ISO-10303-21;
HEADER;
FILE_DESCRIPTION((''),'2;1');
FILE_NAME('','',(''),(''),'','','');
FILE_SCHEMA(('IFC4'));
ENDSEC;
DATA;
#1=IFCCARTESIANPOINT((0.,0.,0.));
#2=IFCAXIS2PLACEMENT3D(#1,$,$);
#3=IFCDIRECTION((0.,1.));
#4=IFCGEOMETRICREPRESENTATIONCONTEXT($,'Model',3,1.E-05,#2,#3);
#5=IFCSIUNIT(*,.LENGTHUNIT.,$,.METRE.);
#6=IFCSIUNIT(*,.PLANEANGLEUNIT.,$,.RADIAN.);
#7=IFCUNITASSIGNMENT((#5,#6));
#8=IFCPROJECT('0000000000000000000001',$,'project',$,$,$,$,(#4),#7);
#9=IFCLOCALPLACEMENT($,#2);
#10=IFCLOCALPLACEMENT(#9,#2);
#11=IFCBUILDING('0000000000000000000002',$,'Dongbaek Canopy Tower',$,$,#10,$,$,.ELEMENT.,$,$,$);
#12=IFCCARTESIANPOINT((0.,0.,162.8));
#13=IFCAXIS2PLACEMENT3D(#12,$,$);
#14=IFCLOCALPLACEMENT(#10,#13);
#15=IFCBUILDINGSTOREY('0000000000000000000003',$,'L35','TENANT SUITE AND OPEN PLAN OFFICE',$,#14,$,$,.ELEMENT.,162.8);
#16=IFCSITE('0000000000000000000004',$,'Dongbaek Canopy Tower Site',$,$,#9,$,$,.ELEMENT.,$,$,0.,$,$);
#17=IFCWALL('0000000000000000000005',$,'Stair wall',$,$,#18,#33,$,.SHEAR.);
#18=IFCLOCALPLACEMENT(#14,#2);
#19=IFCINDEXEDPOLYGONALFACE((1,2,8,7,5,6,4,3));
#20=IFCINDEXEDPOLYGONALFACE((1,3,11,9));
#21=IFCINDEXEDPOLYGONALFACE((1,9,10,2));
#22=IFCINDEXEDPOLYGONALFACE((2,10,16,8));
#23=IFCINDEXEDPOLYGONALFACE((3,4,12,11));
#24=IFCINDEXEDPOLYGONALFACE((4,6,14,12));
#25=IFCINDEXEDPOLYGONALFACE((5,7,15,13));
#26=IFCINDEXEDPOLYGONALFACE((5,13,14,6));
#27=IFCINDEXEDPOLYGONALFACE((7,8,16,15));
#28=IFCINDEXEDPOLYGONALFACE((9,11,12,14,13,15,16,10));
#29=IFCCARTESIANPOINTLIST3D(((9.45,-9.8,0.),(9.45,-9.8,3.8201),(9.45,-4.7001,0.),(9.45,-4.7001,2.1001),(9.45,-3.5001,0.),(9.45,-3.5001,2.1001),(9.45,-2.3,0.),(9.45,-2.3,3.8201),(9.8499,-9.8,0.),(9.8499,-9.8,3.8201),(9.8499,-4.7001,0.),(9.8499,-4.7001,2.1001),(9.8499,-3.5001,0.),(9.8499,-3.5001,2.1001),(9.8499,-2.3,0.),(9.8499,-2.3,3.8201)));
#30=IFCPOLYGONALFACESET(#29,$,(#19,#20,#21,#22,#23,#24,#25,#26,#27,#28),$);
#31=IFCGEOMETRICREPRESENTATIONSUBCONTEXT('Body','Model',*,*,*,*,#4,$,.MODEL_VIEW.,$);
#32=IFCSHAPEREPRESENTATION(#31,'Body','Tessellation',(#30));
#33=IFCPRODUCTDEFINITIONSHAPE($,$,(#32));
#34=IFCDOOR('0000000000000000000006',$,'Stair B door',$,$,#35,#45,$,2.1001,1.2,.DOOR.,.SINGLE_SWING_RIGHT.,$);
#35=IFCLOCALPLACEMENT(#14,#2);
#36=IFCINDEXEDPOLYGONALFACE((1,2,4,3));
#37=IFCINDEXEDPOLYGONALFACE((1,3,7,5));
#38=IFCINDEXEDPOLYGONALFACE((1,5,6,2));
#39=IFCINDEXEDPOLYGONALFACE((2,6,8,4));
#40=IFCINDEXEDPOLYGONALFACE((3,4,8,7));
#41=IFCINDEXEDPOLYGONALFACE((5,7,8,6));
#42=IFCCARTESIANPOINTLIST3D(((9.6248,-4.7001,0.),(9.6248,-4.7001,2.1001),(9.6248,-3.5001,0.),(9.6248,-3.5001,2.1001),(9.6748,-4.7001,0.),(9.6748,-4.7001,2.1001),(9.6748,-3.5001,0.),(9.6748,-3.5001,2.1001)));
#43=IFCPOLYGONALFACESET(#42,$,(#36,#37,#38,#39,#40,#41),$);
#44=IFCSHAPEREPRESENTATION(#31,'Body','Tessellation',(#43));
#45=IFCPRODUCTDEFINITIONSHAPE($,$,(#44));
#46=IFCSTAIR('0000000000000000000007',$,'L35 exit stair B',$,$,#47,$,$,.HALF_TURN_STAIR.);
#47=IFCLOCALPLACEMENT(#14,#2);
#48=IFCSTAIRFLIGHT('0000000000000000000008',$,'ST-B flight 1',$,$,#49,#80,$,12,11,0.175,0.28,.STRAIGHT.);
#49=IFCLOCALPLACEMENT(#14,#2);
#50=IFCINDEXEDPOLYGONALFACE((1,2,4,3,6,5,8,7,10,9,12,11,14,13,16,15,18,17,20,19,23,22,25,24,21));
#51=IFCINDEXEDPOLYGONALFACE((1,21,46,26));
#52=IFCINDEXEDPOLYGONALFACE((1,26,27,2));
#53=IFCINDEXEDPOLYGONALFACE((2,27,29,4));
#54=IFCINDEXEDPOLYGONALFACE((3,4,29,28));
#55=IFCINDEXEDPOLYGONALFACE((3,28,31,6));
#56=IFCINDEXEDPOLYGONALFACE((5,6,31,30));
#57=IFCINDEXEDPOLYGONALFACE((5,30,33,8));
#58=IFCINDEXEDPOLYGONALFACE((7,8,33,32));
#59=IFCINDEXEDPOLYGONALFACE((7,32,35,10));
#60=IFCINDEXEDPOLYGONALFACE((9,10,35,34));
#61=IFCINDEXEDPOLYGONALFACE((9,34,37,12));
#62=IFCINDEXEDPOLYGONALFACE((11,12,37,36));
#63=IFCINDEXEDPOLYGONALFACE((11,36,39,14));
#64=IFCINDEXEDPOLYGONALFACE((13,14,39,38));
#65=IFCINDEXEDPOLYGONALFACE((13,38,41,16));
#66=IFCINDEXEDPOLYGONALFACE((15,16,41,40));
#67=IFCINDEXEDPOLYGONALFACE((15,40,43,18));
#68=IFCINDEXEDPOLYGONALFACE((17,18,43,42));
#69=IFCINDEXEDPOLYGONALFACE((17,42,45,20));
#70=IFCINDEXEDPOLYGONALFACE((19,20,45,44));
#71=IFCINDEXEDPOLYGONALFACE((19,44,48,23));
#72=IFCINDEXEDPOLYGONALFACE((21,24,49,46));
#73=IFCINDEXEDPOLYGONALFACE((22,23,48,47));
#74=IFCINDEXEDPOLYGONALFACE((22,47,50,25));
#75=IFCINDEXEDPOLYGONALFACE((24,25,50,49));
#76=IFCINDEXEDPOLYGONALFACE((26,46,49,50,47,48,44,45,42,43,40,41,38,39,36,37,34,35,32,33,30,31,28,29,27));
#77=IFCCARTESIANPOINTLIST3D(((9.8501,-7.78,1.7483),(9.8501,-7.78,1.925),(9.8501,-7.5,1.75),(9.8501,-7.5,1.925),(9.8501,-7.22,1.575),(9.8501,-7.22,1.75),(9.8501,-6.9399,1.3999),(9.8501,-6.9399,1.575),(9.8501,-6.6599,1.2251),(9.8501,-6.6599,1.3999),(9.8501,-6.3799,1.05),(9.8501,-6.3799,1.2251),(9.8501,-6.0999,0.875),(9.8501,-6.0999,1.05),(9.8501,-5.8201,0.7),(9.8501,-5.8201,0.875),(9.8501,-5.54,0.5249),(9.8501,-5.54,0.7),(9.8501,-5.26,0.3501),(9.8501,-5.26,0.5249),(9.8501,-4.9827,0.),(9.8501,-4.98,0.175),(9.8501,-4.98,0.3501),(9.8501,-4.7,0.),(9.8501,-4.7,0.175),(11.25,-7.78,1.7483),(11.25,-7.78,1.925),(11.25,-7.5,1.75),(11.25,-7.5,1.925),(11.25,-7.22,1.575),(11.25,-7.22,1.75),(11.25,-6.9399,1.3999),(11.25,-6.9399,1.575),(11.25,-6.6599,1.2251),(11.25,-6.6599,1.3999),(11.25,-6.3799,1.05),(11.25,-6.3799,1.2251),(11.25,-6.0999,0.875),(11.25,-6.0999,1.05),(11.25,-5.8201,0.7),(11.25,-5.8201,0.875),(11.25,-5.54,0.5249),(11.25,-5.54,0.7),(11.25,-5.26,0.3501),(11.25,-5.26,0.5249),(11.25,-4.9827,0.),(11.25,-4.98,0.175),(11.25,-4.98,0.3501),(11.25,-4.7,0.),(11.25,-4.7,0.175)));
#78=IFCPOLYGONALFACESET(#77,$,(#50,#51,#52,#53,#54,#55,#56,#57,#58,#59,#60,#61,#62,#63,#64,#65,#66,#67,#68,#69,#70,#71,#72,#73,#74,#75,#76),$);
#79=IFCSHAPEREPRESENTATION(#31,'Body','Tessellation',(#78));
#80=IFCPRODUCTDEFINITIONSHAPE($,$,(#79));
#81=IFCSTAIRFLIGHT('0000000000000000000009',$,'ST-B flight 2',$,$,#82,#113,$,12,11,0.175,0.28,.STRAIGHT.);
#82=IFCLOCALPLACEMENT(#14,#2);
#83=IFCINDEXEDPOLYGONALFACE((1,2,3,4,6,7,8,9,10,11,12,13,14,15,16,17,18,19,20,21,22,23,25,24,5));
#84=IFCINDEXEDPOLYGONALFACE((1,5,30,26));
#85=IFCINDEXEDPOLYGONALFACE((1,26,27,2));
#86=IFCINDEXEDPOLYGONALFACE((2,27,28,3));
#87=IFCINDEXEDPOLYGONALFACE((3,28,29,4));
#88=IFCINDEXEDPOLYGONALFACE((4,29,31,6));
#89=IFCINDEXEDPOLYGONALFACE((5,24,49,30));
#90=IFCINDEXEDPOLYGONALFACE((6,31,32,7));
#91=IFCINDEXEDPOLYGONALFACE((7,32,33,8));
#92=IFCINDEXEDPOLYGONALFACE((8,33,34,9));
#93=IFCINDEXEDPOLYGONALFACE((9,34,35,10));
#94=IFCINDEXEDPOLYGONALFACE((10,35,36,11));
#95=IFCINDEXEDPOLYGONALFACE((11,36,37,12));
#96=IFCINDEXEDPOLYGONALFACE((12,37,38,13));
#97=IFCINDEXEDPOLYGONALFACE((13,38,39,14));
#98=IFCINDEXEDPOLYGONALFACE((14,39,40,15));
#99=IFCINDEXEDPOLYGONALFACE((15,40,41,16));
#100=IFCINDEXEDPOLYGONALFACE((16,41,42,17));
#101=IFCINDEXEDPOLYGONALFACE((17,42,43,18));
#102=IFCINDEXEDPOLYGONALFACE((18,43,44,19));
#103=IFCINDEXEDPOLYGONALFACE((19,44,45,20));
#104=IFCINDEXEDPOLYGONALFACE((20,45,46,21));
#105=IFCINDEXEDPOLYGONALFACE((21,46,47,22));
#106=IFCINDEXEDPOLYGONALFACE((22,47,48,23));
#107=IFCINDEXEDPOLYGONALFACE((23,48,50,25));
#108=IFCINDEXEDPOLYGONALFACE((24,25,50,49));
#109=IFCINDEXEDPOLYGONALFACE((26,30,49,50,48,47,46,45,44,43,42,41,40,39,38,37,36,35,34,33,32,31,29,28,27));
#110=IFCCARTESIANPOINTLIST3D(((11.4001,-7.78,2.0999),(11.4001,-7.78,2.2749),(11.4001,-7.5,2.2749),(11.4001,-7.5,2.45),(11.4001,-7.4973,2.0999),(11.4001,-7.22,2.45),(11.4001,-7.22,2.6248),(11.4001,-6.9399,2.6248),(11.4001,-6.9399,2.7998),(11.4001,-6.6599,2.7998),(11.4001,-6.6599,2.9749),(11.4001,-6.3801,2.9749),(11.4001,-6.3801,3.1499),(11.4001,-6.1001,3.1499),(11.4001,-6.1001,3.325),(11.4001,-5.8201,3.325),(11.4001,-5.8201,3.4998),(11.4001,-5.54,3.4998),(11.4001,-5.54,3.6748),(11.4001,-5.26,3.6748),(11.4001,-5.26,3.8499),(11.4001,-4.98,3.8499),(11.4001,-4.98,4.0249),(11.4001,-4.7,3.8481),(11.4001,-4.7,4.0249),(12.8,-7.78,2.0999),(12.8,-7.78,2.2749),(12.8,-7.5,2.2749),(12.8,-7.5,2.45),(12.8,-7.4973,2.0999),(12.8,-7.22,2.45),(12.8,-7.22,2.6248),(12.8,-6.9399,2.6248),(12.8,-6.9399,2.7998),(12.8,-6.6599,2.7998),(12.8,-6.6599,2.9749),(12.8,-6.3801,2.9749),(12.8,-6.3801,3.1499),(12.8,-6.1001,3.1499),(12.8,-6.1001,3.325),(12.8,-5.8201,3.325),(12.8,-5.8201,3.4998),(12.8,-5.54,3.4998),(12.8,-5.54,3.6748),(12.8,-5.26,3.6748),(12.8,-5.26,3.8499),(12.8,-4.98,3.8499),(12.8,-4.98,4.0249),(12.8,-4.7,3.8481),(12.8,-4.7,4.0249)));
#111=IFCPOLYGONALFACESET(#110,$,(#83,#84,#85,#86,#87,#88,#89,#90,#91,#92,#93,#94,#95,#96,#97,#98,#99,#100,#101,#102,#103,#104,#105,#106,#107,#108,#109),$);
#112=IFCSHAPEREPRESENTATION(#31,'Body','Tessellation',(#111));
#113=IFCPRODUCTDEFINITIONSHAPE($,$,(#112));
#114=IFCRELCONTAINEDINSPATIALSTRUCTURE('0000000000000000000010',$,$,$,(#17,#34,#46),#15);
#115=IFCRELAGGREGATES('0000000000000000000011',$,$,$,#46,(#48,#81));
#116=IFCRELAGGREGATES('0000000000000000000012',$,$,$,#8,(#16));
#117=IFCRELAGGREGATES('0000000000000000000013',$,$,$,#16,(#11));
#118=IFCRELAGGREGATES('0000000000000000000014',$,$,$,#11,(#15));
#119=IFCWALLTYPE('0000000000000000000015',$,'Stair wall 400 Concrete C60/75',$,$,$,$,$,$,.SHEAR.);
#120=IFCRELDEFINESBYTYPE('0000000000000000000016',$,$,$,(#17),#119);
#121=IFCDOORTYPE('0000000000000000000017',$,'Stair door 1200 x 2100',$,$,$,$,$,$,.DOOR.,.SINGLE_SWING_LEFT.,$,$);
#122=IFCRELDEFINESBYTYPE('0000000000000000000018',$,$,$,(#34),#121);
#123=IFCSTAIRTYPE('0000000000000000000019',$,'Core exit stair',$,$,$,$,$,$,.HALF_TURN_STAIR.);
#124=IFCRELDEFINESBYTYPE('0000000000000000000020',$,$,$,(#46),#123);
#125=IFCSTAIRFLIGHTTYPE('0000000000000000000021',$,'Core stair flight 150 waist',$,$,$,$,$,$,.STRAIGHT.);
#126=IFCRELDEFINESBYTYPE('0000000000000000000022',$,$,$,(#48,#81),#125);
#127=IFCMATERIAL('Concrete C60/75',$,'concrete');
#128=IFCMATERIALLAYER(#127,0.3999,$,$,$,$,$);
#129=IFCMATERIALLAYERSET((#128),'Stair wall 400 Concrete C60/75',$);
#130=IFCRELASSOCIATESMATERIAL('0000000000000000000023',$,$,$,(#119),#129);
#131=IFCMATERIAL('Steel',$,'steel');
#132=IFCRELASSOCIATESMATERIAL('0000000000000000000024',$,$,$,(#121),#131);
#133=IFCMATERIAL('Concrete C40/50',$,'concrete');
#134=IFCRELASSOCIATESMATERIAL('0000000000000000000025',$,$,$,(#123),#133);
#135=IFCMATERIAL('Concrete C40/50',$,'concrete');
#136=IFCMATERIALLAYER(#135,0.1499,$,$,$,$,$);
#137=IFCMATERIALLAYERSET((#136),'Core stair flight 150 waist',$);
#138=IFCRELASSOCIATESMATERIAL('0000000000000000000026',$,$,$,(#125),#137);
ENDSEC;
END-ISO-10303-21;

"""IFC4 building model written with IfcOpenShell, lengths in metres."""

from ifc_helpers import new_model, si_unit, direction, frame, frame_2d, origin, place, context, subcontext, project, spatial, polyline, rectangle, outline, extrude, material, layer, layer_set, type_object, element, fill, aggregate, save


model = new_model("IFC4")

# Units and contexts
model_context = context("Model", 3, precision=1e-05, world=origin(), true_north=direction((0.0, 1.0)))
body_context = subcontext(model_context, "Body", "Model", "MODEL_VIEW")
ifc_project = project(units=[si_unit("LENGTHUNIT", "METRE"), si_unit("PLANEANGLEUNIT", "RADIAN")], contexts=[model_context])

# Site, building, storey
site_placement = place(None, origin())
site = spatial("IfcSite", under=ifc_project, at=site_placement, Name="Dongbaek Canopy Tower Site", CompositionType="ELEMENT", RefElevation=0.0)
building_placement = place(site_placement, origin())
building = spatial("IfcBuilding", under=site, at=building_placement, Name="Dongbaek Canopy Tower", CompositionType="ELEMENT")
storey_placement = place(building_placement, frame((0.0, 0.0, 162.8)))
storey = spatial("IfcBuildingStorey", under=building, at=storey_placement, Name="L35", Description="TENANT SUITE AND OPEN PLAN OFFICE", CompositionType="ELEMENT", Elevation=162.8)

# Wall, opening, door
ifc_material_1 = material(Name="Concrete C60/75", Category="concrete")
ifc_layer_1 = layer(ifc_material_1, 0.3999)
ifc_layer_set_1 = layer_set([ifc_layer_1], Name="Stair wall 400 Concrete C60/75")
wall_type_1 = type_object("IfcWallType", Name="Stair wall 400 Concrete C60/75", PredefinedType="SHEAR", material=ifc_layer_set_1)
wall_1_placement = place(storey_placement, frame((9.6499, -2.3, 0.0), z_axis=(0.0, 0.0, 1.0), x_axis=(0.0, -1.0, 0.0)))
wall_1 = element("IfcWall", 1, at=wall_1_placement, inside=storey, type_object=wall_type_1, Name="Stair wall", PredefinedType="SHEAR", context=body_context, shape_type="SweptSolid", body=[
    extrude(rectangle(XDim=7.5, YDim=0.3999, at=frame_2d((3.75, 0.0))), origin(), (0.0, 0.0, 1.0), 3.8201),
])
opening_1_placement = place(wall_1_placement, frame((1.2, 0.0, 0.0)))
opening_1 = element("IfcOpeningElement", 2, at=opening_1_placement, cuts=wall_1, PredefinedType="OPENING", context=body_context, shape_type="SweptSolid", body=[
    extrude(rectangle(XDim=1.2, YDim=2.1001, at=frame_2d((0.6001, 1.05))), frame((0.0, 0.21, 0.0), z_axis=(0.0, -1.0, 0.0), x_axis=(1.0, 0.0, 0.0)), (0.0, 0.0, 1.0), 0.4199),
])
ifc_material_2 = material(Name="Steel", Category="steel")
door_type_1 = type_object("IfcDoorType", Name="Stair door 1200 x 2100", OperationType="SINGLE_SWING_LEFT", PredefinedType="DOOR", material=ifc_material_2)
door_1_placement = place(opening_1_placement, origin())
door_1 = element("IfcDoor", 3, at=door_1_placement, inside=storey, type_object=door_type_1, Name="Stair B door", OperationType="SINGLE_SWING_RIGHT", OverallHeight=2.1001, OverallWidth=1.2, PredefinedType="DOOR", context=body_context, shape_type="SweptSolid", body=[
    extrude(rectangle(XDim=1.2, YDim=2.1001, at=frame_2d((0.6001, 1.05))), frame((0.0, 0.0249, 0.0), z_axis=(0.0, -1.0, 0.0), x_axis=(1.0, 0.0, 0.0)), (0.0, 0.0, 1.0), 0.05),
])
fill(opening_1, door_1)

# Stair, stair flights
ifc_material_3 = material(Name="Concrete C40/50", Category="concrete")
stair_type = type_object("IfcStairType", Name="Core exit stair", PredefinedType="HALF_TURN_STAIR", material=ifc_material_3)
stair_placement = place(storey_placement, origin())
stair = element("IfcStair", 4, at=stair_placement, inside=storey, type_object=stair_type, Name="L35 exit stair B", PredefinedType="HALF_TURN_STAIR")
ifc_material_4 = material(Name="Concrete C40/50", Category="concrete")
ifc_layer_2 = layer(ifc_material_4, 0.1499)
ifc_layer_set_2 = layer_set([ifc_layer_2], Name="Core stair flight 150 waist")
stair_flight_type = type_object("IfcStairFlightType", Name="Core stair flight 150 waist", PredefinedType="STRAIGHT", material=ifc_layer_set_2)
stair_flight_1_placement = place(storey_placement, frame((10.55, -4.7, 0.0), z_axis=(0.0, 0.0, 1.0), x_axis=(0.0, -1.0, 0.0)))
stair_flight_1 = element("IfcStairFlight", 5, at=stair_flight_1_placement, type_object=stair_flight_type, Name="ST-B flight 1", NumberOfRisers=12, NumberOfTreads=11, PredefinedType="STRAIGHT", RiserHeight=0.175, TreadLength=0.28, context=body_context, shape_type="SweptSolid", body=[
    extrude(outline(polyline([(0.0, 0.0), (0.0, 0.175), (0.28, 0.175), (0.28, 0.3501), (0.5601, 0.3501), (0.5601, 0.5249), (0.8401, 0.5249), (0.8401, 0.7), (1.1201, 0.7), (1.1201, 0.875), (1.3999, 0.875), (1.3999, 1.05), (1.6799, 1.05), (1.6799, 1.2251), (1.96, 1.2251), (1.96, 1.3999), (2.24, 1.3999), (2.24, 1.575), (2.52, 1.575), (2.52, 1.75), (2.8, 1.75), (2.8, 1.925), (3.0801, 1.925), (3.0801, 2.1001), (3.0801, 1.7483), (0.2827, 0.0), (0.0, 0.0)])), frame((0.0, 0.7, 0.0), z_axis=(0.0, -1.0, 0.0), x_axis=(1.0, 0.0, 0.0)), (0.0, 0.0, 1.0), 1.3999),
])
stair_flight_2_placement = place(storey_placement, frame((12.1001, -7.78, 2.0999), z_axis=(0.0, 0.0, 1.0), x_axis=(0.0, 1.0, 0.0)))
stair_flight_2 = element("IfcStairFlight", 6, at=stair_flight_2_placement, type_object=stair_flight_type, Name="ST-B flight 2", NumberOfRisers=12, NumberOfTreads=11, PredefinedType="STRAIGHT", RiserHeight=0.175, TreadLength=0.28, context=body_context, shape_type="SweptSolid", body=[
    extrude(outline(polyline([(0.0, 0.0), (0.0, 0.175), (0.28, 0.175), (0.28, 0.3501), (0.5601, 0.3501), (0.5601, 0.5249), (0.8401, 0.5249), (0.8401, 0.7), (1.1201, 0.7), (1.1201, 0.875), (1.3999, 0.875), (1.3999, 1.05), (1.6799, 1.05), (1.6799, 1.2251), (1.96, 1.2251), (1.96, 1.3999), (2.24, 1.3999), (2.24, 1.575), (2.52, 1.575), (2.52, 1.75), (2.8, 1.75), (2.8, 1.925), (3.0801, 1.925), (3.0801, 2.1001), (3.0801, 1.7483), (0.2827, 0.0), (0.0, 0.0)])), frame((0.0, 0.7, 0.0), z_axis=(0.0, -1.0, 0.0), x_axis=(1.0, 0.0, 0.0)), (0.0, 0.0, 1.0), 1.3999),
])
aggregate(stair, [stair_flight_1, stair_flight_2])

save(model, "model.ifc")
